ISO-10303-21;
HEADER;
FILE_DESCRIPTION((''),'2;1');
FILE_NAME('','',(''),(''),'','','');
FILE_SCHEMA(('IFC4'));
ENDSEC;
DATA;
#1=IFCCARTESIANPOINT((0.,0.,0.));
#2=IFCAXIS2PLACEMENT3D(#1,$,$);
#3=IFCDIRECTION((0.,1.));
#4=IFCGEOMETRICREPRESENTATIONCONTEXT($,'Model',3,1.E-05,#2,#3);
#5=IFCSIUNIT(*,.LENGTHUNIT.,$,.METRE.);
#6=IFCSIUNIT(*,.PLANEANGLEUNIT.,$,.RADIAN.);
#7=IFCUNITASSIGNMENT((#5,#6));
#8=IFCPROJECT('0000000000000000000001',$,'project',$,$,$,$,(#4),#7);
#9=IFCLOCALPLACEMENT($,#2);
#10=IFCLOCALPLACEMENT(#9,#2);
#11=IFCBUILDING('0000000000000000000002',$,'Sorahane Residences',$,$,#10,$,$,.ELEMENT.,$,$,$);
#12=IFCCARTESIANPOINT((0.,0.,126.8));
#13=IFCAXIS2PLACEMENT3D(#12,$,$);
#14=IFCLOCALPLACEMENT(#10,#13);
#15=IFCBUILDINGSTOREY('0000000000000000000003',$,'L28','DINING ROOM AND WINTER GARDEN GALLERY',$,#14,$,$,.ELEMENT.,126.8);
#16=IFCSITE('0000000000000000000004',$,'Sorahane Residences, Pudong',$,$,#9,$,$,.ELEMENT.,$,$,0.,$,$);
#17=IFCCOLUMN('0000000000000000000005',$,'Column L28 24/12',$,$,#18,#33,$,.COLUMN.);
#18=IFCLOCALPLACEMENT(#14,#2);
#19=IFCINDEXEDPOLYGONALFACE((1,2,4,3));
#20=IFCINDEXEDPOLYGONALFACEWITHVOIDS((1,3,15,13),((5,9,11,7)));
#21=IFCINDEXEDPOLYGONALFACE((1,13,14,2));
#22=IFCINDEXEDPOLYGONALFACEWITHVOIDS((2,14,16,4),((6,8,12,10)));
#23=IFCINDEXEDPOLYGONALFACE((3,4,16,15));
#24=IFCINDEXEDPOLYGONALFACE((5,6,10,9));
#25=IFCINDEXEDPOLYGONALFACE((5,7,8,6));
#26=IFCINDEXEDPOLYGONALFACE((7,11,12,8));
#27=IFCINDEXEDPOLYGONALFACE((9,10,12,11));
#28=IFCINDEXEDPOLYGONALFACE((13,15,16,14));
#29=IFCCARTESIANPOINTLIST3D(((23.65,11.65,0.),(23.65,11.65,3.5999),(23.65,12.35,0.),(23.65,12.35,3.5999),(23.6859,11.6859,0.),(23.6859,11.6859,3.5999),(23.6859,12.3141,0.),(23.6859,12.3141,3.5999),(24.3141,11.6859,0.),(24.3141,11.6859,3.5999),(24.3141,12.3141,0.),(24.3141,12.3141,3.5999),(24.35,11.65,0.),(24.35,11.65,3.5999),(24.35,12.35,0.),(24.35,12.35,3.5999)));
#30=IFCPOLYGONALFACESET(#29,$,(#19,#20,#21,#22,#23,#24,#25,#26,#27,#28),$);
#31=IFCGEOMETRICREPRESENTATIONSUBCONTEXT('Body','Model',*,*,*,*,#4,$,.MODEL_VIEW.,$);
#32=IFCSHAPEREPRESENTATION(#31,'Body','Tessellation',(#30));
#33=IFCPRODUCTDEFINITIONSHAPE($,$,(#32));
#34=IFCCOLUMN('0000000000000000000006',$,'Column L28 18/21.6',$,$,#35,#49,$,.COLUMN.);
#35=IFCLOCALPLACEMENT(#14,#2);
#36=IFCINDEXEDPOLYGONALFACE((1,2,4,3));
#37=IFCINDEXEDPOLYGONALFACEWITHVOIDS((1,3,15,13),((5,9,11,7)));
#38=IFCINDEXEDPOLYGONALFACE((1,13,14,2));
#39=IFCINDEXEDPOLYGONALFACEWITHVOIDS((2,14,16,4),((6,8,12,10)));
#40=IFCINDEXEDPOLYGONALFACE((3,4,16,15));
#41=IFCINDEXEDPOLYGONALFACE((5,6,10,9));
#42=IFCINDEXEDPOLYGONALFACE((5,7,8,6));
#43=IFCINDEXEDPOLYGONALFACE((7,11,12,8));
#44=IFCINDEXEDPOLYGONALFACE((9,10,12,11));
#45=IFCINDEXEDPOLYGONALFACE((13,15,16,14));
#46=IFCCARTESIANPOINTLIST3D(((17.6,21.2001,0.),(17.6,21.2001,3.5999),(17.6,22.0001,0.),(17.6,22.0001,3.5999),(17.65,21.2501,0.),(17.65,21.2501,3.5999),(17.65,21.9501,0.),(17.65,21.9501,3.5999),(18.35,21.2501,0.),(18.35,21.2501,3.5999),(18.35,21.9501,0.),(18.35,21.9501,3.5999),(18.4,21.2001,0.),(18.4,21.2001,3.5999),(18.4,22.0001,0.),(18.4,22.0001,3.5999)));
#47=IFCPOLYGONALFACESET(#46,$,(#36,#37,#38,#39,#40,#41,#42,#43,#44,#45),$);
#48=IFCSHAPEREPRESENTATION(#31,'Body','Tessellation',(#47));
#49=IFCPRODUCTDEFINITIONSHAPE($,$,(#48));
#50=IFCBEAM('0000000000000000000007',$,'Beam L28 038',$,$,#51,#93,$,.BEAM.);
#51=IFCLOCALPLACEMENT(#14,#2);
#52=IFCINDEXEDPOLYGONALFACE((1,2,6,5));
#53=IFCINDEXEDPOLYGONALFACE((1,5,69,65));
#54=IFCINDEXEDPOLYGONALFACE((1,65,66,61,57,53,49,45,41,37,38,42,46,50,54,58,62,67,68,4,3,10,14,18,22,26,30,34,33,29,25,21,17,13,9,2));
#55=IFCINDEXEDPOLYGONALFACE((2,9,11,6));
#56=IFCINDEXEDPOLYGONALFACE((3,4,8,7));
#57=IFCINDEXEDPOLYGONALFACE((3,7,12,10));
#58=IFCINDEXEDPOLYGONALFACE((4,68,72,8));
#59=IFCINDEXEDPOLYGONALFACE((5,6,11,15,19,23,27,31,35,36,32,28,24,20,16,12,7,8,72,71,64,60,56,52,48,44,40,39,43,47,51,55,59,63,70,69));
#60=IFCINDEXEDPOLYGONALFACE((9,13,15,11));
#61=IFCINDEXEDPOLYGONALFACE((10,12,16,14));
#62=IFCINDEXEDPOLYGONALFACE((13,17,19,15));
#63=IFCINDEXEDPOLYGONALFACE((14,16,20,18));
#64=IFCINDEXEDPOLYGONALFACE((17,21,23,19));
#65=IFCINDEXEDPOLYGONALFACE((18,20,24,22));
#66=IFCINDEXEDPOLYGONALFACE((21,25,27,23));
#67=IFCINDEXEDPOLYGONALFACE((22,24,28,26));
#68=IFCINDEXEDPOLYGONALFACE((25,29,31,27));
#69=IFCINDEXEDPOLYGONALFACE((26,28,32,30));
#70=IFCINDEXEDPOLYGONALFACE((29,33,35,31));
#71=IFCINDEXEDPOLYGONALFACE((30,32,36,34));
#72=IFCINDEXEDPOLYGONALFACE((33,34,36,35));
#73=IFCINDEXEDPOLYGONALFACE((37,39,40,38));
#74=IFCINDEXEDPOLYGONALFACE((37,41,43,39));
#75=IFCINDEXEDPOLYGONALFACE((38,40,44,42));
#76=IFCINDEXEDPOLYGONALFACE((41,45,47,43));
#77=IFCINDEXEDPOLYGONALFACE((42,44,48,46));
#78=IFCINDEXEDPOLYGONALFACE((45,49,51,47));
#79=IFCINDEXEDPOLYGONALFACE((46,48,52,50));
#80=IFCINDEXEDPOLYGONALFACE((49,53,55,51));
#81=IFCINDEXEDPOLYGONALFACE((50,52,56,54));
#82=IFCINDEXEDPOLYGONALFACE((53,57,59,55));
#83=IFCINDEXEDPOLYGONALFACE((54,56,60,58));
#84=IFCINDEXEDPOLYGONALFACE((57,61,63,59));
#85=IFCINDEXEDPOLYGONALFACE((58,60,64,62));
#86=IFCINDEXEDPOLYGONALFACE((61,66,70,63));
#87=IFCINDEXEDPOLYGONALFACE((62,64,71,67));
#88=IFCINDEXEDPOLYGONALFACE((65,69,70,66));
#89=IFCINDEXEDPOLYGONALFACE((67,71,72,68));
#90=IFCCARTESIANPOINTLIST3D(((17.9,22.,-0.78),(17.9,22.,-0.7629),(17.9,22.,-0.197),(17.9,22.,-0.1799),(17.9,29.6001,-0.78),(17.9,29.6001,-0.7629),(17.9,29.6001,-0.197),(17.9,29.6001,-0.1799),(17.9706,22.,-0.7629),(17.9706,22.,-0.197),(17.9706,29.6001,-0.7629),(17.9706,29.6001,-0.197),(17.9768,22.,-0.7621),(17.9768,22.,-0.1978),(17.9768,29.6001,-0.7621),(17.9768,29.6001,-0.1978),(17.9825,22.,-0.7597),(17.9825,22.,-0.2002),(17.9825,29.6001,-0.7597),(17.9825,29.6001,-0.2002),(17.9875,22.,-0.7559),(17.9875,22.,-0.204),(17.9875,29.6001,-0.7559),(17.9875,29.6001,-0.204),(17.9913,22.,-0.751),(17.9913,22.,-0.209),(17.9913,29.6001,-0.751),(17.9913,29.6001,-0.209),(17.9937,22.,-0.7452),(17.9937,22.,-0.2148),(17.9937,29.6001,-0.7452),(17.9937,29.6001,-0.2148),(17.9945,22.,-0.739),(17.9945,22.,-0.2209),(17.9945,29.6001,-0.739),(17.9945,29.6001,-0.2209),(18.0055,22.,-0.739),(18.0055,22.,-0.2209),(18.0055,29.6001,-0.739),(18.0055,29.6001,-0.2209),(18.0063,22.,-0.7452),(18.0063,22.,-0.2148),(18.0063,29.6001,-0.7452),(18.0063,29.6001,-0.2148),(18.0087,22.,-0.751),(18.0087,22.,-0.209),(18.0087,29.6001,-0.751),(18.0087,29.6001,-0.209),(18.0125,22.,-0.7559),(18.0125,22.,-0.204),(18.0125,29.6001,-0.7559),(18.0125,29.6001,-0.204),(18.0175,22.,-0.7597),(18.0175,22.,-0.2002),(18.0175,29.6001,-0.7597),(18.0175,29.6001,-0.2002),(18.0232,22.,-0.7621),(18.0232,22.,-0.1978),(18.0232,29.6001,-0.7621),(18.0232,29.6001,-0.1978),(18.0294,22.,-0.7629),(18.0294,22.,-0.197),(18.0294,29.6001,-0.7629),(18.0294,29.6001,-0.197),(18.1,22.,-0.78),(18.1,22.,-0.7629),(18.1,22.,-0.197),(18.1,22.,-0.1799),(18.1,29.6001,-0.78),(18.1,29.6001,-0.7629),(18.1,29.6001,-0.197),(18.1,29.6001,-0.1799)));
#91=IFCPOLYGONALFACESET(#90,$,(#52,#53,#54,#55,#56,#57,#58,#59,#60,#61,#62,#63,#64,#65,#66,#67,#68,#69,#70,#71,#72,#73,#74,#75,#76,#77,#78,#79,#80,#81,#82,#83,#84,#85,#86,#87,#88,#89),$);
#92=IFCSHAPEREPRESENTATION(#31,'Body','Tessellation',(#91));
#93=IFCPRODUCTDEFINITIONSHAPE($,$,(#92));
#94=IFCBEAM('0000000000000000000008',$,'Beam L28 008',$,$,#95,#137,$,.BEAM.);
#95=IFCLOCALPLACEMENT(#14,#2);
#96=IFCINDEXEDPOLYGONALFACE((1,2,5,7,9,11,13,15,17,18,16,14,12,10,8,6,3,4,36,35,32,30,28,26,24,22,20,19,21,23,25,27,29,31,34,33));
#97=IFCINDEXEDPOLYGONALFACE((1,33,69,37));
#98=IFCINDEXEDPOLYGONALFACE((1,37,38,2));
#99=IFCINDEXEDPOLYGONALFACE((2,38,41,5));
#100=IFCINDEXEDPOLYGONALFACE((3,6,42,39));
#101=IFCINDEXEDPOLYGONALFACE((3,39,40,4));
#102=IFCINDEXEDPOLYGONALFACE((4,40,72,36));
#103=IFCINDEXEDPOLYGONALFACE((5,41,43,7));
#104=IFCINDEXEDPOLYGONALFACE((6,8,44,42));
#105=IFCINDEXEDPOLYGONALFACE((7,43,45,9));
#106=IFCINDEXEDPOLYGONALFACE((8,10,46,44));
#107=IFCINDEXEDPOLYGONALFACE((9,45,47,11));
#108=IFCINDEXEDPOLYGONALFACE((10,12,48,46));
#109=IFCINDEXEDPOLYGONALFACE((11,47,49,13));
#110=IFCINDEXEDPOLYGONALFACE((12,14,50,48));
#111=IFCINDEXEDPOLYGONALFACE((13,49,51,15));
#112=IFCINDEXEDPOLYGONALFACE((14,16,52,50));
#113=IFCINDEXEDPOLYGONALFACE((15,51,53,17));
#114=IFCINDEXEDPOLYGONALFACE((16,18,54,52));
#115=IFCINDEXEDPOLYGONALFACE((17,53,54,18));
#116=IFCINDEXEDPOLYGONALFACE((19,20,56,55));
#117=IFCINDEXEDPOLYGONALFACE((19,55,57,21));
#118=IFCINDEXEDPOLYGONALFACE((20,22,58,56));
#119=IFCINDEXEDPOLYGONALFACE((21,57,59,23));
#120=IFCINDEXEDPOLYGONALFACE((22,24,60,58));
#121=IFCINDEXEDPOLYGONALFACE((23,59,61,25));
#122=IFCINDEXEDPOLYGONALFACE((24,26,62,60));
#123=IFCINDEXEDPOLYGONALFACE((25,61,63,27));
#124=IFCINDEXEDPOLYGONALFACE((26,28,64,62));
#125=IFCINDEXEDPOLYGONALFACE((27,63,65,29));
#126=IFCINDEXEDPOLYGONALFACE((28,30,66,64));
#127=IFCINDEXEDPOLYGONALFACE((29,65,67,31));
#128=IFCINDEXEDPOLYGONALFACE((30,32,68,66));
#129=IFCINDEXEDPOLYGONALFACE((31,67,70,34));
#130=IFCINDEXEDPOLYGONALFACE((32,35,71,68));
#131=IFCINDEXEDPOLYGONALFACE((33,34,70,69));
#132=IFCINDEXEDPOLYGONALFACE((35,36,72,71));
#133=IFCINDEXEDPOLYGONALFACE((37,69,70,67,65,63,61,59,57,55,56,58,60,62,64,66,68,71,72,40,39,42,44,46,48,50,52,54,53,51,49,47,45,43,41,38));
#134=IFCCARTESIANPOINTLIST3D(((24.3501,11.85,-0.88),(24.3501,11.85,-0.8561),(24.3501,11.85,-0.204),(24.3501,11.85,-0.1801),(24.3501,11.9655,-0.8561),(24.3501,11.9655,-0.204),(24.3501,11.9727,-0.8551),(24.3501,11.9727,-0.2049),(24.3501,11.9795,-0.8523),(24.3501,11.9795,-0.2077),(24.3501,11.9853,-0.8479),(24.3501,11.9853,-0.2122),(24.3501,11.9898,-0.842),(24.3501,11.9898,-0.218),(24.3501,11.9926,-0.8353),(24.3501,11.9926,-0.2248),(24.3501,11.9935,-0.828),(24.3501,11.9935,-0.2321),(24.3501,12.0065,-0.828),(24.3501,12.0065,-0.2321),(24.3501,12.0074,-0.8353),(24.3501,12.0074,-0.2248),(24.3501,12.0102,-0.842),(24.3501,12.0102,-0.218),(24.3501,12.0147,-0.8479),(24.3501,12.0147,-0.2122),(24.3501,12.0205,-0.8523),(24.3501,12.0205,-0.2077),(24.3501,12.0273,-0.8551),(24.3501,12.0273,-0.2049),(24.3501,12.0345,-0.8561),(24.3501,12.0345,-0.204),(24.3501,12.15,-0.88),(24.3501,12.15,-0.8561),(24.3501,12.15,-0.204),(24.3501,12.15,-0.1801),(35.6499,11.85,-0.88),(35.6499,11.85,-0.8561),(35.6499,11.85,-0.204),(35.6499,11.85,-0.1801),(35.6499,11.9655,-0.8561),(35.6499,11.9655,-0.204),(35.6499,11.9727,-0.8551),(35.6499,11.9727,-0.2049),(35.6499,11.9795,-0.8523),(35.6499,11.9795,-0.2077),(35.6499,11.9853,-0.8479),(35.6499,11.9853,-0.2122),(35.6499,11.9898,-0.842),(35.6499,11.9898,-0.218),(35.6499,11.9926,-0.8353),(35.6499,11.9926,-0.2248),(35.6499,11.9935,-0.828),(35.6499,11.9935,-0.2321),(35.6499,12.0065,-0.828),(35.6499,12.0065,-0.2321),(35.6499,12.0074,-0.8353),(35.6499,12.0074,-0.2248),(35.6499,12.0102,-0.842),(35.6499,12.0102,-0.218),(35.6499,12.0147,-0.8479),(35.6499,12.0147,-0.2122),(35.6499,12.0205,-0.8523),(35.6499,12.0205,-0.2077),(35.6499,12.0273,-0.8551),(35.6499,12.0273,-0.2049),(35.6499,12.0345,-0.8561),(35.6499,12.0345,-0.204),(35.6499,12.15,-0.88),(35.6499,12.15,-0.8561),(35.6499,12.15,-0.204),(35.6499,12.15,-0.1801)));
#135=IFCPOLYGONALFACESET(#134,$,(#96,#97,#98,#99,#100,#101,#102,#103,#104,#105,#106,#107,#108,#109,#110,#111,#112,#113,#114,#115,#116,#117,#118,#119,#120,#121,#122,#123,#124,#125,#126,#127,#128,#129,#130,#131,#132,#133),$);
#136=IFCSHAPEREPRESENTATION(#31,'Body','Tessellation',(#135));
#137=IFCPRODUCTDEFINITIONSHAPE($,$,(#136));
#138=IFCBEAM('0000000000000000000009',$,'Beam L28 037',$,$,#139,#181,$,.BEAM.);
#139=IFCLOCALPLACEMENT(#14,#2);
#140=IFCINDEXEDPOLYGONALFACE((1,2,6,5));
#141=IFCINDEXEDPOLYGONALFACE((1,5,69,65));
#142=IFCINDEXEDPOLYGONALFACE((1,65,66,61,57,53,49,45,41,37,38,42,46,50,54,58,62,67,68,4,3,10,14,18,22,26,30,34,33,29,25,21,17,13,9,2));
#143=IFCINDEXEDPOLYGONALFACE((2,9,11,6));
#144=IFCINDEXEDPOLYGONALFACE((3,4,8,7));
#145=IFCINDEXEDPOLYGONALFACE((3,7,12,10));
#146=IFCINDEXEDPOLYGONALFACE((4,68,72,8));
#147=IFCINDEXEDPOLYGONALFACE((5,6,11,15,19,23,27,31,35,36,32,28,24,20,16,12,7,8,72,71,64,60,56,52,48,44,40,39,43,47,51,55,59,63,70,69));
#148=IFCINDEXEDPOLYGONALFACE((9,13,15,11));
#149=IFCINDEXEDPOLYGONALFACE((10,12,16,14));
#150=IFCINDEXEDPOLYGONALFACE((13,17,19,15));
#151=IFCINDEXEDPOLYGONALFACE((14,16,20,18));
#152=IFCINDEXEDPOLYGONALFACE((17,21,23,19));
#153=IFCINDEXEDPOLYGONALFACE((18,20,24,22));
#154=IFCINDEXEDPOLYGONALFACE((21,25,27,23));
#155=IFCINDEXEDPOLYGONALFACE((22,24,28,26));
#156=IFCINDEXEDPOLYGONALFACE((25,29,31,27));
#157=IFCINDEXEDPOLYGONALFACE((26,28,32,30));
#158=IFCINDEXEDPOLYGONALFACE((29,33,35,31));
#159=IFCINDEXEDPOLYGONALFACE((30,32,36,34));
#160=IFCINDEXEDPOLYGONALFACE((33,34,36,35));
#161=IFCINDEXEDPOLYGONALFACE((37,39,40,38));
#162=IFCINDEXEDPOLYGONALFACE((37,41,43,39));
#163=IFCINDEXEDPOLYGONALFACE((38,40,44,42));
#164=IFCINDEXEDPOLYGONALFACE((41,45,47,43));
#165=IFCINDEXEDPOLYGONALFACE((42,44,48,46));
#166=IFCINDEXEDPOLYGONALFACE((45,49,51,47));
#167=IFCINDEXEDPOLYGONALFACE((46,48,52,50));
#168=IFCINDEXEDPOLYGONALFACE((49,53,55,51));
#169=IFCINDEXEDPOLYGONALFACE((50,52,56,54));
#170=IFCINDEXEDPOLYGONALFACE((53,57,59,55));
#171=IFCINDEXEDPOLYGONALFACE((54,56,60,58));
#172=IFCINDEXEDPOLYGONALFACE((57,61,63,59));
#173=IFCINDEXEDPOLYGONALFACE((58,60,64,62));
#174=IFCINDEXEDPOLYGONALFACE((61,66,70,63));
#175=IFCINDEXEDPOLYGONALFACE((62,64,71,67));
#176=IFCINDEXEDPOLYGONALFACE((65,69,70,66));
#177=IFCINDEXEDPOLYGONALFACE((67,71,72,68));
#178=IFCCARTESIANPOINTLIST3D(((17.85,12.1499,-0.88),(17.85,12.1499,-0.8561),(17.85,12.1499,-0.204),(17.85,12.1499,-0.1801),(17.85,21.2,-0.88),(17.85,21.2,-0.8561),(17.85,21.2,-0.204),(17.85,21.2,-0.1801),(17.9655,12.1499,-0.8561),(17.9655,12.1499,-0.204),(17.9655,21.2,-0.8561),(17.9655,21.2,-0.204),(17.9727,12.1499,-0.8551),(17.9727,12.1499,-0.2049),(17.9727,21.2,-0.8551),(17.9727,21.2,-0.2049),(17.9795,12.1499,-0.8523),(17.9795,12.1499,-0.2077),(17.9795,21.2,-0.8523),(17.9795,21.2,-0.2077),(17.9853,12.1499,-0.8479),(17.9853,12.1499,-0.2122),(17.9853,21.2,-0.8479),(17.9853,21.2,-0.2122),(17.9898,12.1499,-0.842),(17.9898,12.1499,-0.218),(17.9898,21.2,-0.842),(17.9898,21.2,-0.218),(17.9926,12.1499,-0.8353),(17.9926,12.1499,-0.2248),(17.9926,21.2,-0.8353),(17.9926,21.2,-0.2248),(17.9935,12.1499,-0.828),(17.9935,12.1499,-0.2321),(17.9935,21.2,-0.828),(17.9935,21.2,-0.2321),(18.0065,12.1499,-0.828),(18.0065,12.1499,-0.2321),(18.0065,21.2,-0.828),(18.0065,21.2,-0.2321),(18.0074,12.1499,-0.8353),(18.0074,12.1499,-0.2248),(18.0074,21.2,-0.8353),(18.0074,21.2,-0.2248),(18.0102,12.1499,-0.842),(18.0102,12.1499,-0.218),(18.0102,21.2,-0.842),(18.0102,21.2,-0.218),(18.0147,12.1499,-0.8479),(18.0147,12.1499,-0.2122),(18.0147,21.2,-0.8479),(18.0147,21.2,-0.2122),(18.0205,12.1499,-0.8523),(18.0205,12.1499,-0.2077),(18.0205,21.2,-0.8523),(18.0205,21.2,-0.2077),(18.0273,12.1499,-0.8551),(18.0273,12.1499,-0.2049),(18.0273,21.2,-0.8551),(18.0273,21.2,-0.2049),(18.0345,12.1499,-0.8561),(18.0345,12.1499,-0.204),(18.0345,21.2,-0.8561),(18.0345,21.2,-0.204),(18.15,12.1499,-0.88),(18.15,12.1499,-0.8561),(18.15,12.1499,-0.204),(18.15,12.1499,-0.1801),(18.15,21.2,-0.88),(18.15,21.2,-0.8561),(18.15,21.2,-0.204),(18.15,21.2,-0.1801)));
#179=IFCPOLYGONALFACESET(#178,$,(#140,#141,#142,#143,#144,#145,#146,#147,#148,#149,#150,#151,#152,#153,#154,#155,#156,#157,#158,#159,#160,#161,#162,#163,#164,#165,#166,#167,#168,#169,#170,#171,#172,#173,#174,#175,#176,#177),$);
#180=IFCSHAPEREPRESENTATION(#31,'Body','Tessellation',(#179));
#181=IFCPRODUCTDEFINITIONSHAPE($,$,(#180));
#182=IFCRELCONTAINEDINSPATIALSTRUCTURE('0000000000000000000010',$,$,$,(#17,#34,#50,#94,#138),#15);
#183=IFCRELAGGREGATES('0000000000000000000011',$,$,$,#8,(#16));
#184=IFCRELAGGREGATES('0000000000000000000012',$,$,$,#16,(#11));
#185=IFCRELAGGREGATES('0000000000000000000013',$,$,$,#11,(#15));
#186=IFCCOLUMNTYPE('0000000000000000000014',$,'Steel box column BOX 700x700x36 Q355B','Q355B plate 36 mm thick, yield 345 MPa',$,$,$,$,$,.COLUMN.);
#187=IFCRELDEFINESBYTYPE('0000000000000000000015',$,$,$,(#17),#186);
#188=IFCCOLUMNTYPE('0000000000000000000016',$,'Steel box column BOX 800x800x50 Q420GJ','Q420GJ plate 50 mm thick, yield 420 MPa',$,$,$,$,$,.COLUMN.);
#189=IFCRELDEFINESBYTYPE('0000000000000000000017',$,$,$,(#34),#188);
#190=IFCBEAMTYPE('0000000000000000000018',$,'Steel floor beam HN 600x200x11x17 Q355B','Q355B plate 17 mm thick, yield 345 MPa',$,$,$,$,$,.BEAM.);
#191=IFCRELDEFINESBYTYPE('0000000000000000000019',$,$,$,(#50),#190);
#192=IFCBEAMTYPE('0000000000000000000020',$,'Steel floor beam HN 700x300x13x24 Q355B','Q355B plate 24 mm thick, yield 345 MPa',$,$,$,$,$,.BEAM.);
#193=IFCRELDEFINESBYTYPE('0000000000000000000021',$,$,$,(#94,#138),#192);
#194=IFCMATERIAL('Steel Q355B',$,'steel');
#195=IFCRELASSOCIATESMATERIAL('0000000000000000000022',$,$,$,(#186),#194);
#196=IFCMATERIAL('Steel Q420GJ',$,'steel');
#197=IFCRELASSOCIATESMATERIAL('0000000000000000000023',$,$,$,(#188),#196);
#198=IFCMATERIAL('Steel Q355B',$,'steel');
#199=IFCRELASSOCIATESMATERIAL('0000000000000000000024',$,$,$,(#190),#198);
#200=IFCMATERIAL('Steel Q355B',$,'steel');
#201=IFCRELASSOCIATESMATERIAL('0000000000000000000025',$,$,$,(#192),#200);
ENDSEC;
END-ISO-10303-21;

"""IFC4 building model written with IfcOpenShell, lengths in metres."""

from ifc_helpers import new_model, si_unit, direction, frame, origin, origin_2d, place, context, subcontext, project, spatial, hollow_rectangle, i_section, extrude, material, material_profile, profile_set, type_object, element, save


model = new_model("IFC4")

# Units and contexts
model_context = context("Model", 3, precision=1e-05, world=origin(), true_north=direction((0.0, 1.0)))
body_context = subcontext(model_context, "Body", "Model", "MODEL_VIEW")
ifc_project = project(units=[si_unit("LENGTHUNIT", "METRE"), si_unit("PLANEANGLEUNIT", "RADIAN")], contexts=[model_context])

# Site, building, storey
site_placement = place(None, origin())
site = spatial("IfcSite", under=ifc_project, at=site_placement, Name="Sorahane Residences, Pudong", CompositionType="ELEMENT", RefElevation=0.0)
building_placement = place(site_placement, origin())
building = spatial("IfcBuilding", under=site, at=building_placement, Name="Sorahane Residences", CompositionType="ELEMENT")
storey_placement = place(building_placement, frame((0.0, 0.0, 126.8)))
storey = spatial("IfcBuildingStorey", under=building, at=storey_placement, Name="L28", Description="DINING ROOM AND WINTER GARDEN GALLERY", CompositionType="ELEMENT", Elevation=126.8)

# Columns
ifc_material_1 = material(Name="Steel Q355B", Category="steel")
ifc_material_profile_1 = material_profile(ifc_material_1, hollow_rectangle(XDim=0.7, YDim=0.7, WallThickness=0.0359, at=origin_2d()), Name="BOX 700x700x36")
ifc_profile_set_1 = profile_set([ifc_material_profile_1], Name="Steel Q355B")
column_type_1 = type_object("IfcColumnType", Name="Steel box column BOX 700x700x36 Q355B", Description="Q355B plate 36 mm thick, yield 345 MPa", PredefinedType="COLUMN", material=ifc_profile_set_1)
column_1_placement = place(storey_placement, frame((24.0, 12.0, 0.0), z_axis=(0.0, 0.0, 1.0), x_axis=(1.0, 0.0, 0.0)))
element("IfcColumn", 1, at=column_1_placement, inside=storey, type_object=column_type_1, Name="Column L28 24/12", PredefinedType="COLUMN", context=body_context, shape_type="SweptSolid", body=[
    extrude(hollow_rectangle(XDim=0.7, YDim=0.7, WallThickness=0.0359, at=origin_2d()), origin(), (0.0, 0.0, 1.0), 3.5999),
])
ifc_material_2 = material(Name="Steel Q420GJ", Category="steel")
ifc_material_profile_2 = material_profile(ifc_material_2, hollow_rectangle(XDim=0.8, YDim=0.8, WallThickness=0.05, at=origin_2d()), Name="BOX 800x800x50")
ifc_profile_set_2 = profile_set([ifc_material_profile_2], Name="Steel Q420GJ")
column_type_2 = type_object("IfcColumnType", Name="Steel box column BOX 800x800x50 Q420GJ", Description="Q420GJ plate 50 mm thick, yield 420 MPa", PredefinedType="COLUMN", material=ifc_profile_set_2)
column_2_placement = place(storey_placement, frame((18.0, 21.6001, 0.0), z_axis=(0.0, 0.0, 1.0), x_axis=(1.0, 0.0, 0.0)))
element("IfcColumn", 2, at=column_2_placement, inside=storey, type_object=column_type_2, Name="Column L28 18/21.6", PredefinedType="COLUMN", context=body_context, shape_type="SweptSolid", body=[
    extrude(hollow_rectangle(XDim=0.8, YDim=0.8, WallThickness=0.05, at=origin_2d()), origin(), (0.0, 0.0, 1.0), 3.5999),
])

# Beams
ifc_material_3 = material(Name="Steel Q355B", Category="steel")
ifc_material_profile_3 = material_profile(ifc_material_3, i_section(OverallWidth=0.2, OverallDepth=0.6001, WebThickness=0.011, FlangeThickness=0.0171, FilletRadius=0.0239, at=origin_2d()), Name="HN 600x200x11x17")
ifc_profile_set_3 = profile_set([ifc_material_profile_3], Name="Steel Q355B")
beam_type_1 = type_object("IfcBeamType", Name="Steel floor beam HN 600x200x11x17 Q355B", Description="Q355B plate 17 mm thick, yield 345 MPa", PredefinedType="BEAM", material=ifc_profile_set_3)
beam_1_placement = place(storey_placement, frame((18.0, 22.0, -0.48), z_axis=(0.0, 1.0, 0.0), x_axis=(-1.0, 0.0, 0.0)))
element("IfcBeam", 3, at=beam_1_placement, inside=storey, type_object=beam_type_1, Name="Beam L28 038", PredefinedType="BEAM", context=body_context, shape_type="SweptSolid", body=[
    extrude(i_section(OverallWidth=0.2, OverallDepth=0.6001, WebThickness=0.011, FlangeThickness=0.0171, FilletRadius=0.0239, at=origin_2d()), origin(), (0.0, 0.0, 1.0), 7.6001),
])
ifc_material_4 = material(Name="Steel Q355B", Category="steel")
ifc_material_profile_4 = material_profile(ifc_material_4, i_section(OverallWidth=0.3, OverallDepth=0.7, WebThickness=0.0129, FlangeThickness=0.0239, FilletRadius=0.0281, at=origin_2d()), Name="HN 700x300x13x24")
ifc_profile_set_4 = profile_set([ifc_material_profile_4], Name="Steel Q355B")
beam_type_2 = type_object("IfcBeamType", Name="Steel floor beam HN 700x300x13x24 Q355B", Description="Q355B plate 24 mm thick, yield 345 MPa", PredefinedType="BEAM", material=ifc_profile_set_4)
beam_2_placement = place(storey_placement, frame((24.3501, 12.0, -0.53), z_axis=(1.0, 0.0, 0.0), x_axis=(0.0, 1.0, 0.0)))
element("IfcBeam", 4, at=beam_2_placement, inside=storey, type_object=beam_type_2, Name="Beam L28 008", PredefinedType="BEAM", context=body_context, shape_type="SweptSolid", body=[
    extrude(i_section(OverallWidth=0.3, OverallDepth=0.7, WebThickness=0.0129, FlangeThickness=0.0239, FilletRadius=0.0281, at=origin_2d()), origin(), (0.0, 0.0, 1.0), 11.2998),
])
beam_3_placement = place(storey_placement, frame((18.0, 12.1499, -0.53), z_axis=(0.0, 1.0, 0.0), x_axis=(-1.0, 0.0, 0.0)))
element("IfcBeam", 5, at=beam_3_placement, inside=storey, type_object=beam_type_2, Name="Beam L28 037", PredefinedType="BEAM", context=body_context, shape_type="SweptSolid", body=[
    extrude(i_section(OverallWidth=0.3, OverallDepth=0.7, WebThickness=0.0129, FlangeThickness=0.0239, FilletRadius=0.0281, at=origin_2d()), origin(), (0.0, 0.0, 1.0), 9.05),
])

save(model, "model.ifc")
